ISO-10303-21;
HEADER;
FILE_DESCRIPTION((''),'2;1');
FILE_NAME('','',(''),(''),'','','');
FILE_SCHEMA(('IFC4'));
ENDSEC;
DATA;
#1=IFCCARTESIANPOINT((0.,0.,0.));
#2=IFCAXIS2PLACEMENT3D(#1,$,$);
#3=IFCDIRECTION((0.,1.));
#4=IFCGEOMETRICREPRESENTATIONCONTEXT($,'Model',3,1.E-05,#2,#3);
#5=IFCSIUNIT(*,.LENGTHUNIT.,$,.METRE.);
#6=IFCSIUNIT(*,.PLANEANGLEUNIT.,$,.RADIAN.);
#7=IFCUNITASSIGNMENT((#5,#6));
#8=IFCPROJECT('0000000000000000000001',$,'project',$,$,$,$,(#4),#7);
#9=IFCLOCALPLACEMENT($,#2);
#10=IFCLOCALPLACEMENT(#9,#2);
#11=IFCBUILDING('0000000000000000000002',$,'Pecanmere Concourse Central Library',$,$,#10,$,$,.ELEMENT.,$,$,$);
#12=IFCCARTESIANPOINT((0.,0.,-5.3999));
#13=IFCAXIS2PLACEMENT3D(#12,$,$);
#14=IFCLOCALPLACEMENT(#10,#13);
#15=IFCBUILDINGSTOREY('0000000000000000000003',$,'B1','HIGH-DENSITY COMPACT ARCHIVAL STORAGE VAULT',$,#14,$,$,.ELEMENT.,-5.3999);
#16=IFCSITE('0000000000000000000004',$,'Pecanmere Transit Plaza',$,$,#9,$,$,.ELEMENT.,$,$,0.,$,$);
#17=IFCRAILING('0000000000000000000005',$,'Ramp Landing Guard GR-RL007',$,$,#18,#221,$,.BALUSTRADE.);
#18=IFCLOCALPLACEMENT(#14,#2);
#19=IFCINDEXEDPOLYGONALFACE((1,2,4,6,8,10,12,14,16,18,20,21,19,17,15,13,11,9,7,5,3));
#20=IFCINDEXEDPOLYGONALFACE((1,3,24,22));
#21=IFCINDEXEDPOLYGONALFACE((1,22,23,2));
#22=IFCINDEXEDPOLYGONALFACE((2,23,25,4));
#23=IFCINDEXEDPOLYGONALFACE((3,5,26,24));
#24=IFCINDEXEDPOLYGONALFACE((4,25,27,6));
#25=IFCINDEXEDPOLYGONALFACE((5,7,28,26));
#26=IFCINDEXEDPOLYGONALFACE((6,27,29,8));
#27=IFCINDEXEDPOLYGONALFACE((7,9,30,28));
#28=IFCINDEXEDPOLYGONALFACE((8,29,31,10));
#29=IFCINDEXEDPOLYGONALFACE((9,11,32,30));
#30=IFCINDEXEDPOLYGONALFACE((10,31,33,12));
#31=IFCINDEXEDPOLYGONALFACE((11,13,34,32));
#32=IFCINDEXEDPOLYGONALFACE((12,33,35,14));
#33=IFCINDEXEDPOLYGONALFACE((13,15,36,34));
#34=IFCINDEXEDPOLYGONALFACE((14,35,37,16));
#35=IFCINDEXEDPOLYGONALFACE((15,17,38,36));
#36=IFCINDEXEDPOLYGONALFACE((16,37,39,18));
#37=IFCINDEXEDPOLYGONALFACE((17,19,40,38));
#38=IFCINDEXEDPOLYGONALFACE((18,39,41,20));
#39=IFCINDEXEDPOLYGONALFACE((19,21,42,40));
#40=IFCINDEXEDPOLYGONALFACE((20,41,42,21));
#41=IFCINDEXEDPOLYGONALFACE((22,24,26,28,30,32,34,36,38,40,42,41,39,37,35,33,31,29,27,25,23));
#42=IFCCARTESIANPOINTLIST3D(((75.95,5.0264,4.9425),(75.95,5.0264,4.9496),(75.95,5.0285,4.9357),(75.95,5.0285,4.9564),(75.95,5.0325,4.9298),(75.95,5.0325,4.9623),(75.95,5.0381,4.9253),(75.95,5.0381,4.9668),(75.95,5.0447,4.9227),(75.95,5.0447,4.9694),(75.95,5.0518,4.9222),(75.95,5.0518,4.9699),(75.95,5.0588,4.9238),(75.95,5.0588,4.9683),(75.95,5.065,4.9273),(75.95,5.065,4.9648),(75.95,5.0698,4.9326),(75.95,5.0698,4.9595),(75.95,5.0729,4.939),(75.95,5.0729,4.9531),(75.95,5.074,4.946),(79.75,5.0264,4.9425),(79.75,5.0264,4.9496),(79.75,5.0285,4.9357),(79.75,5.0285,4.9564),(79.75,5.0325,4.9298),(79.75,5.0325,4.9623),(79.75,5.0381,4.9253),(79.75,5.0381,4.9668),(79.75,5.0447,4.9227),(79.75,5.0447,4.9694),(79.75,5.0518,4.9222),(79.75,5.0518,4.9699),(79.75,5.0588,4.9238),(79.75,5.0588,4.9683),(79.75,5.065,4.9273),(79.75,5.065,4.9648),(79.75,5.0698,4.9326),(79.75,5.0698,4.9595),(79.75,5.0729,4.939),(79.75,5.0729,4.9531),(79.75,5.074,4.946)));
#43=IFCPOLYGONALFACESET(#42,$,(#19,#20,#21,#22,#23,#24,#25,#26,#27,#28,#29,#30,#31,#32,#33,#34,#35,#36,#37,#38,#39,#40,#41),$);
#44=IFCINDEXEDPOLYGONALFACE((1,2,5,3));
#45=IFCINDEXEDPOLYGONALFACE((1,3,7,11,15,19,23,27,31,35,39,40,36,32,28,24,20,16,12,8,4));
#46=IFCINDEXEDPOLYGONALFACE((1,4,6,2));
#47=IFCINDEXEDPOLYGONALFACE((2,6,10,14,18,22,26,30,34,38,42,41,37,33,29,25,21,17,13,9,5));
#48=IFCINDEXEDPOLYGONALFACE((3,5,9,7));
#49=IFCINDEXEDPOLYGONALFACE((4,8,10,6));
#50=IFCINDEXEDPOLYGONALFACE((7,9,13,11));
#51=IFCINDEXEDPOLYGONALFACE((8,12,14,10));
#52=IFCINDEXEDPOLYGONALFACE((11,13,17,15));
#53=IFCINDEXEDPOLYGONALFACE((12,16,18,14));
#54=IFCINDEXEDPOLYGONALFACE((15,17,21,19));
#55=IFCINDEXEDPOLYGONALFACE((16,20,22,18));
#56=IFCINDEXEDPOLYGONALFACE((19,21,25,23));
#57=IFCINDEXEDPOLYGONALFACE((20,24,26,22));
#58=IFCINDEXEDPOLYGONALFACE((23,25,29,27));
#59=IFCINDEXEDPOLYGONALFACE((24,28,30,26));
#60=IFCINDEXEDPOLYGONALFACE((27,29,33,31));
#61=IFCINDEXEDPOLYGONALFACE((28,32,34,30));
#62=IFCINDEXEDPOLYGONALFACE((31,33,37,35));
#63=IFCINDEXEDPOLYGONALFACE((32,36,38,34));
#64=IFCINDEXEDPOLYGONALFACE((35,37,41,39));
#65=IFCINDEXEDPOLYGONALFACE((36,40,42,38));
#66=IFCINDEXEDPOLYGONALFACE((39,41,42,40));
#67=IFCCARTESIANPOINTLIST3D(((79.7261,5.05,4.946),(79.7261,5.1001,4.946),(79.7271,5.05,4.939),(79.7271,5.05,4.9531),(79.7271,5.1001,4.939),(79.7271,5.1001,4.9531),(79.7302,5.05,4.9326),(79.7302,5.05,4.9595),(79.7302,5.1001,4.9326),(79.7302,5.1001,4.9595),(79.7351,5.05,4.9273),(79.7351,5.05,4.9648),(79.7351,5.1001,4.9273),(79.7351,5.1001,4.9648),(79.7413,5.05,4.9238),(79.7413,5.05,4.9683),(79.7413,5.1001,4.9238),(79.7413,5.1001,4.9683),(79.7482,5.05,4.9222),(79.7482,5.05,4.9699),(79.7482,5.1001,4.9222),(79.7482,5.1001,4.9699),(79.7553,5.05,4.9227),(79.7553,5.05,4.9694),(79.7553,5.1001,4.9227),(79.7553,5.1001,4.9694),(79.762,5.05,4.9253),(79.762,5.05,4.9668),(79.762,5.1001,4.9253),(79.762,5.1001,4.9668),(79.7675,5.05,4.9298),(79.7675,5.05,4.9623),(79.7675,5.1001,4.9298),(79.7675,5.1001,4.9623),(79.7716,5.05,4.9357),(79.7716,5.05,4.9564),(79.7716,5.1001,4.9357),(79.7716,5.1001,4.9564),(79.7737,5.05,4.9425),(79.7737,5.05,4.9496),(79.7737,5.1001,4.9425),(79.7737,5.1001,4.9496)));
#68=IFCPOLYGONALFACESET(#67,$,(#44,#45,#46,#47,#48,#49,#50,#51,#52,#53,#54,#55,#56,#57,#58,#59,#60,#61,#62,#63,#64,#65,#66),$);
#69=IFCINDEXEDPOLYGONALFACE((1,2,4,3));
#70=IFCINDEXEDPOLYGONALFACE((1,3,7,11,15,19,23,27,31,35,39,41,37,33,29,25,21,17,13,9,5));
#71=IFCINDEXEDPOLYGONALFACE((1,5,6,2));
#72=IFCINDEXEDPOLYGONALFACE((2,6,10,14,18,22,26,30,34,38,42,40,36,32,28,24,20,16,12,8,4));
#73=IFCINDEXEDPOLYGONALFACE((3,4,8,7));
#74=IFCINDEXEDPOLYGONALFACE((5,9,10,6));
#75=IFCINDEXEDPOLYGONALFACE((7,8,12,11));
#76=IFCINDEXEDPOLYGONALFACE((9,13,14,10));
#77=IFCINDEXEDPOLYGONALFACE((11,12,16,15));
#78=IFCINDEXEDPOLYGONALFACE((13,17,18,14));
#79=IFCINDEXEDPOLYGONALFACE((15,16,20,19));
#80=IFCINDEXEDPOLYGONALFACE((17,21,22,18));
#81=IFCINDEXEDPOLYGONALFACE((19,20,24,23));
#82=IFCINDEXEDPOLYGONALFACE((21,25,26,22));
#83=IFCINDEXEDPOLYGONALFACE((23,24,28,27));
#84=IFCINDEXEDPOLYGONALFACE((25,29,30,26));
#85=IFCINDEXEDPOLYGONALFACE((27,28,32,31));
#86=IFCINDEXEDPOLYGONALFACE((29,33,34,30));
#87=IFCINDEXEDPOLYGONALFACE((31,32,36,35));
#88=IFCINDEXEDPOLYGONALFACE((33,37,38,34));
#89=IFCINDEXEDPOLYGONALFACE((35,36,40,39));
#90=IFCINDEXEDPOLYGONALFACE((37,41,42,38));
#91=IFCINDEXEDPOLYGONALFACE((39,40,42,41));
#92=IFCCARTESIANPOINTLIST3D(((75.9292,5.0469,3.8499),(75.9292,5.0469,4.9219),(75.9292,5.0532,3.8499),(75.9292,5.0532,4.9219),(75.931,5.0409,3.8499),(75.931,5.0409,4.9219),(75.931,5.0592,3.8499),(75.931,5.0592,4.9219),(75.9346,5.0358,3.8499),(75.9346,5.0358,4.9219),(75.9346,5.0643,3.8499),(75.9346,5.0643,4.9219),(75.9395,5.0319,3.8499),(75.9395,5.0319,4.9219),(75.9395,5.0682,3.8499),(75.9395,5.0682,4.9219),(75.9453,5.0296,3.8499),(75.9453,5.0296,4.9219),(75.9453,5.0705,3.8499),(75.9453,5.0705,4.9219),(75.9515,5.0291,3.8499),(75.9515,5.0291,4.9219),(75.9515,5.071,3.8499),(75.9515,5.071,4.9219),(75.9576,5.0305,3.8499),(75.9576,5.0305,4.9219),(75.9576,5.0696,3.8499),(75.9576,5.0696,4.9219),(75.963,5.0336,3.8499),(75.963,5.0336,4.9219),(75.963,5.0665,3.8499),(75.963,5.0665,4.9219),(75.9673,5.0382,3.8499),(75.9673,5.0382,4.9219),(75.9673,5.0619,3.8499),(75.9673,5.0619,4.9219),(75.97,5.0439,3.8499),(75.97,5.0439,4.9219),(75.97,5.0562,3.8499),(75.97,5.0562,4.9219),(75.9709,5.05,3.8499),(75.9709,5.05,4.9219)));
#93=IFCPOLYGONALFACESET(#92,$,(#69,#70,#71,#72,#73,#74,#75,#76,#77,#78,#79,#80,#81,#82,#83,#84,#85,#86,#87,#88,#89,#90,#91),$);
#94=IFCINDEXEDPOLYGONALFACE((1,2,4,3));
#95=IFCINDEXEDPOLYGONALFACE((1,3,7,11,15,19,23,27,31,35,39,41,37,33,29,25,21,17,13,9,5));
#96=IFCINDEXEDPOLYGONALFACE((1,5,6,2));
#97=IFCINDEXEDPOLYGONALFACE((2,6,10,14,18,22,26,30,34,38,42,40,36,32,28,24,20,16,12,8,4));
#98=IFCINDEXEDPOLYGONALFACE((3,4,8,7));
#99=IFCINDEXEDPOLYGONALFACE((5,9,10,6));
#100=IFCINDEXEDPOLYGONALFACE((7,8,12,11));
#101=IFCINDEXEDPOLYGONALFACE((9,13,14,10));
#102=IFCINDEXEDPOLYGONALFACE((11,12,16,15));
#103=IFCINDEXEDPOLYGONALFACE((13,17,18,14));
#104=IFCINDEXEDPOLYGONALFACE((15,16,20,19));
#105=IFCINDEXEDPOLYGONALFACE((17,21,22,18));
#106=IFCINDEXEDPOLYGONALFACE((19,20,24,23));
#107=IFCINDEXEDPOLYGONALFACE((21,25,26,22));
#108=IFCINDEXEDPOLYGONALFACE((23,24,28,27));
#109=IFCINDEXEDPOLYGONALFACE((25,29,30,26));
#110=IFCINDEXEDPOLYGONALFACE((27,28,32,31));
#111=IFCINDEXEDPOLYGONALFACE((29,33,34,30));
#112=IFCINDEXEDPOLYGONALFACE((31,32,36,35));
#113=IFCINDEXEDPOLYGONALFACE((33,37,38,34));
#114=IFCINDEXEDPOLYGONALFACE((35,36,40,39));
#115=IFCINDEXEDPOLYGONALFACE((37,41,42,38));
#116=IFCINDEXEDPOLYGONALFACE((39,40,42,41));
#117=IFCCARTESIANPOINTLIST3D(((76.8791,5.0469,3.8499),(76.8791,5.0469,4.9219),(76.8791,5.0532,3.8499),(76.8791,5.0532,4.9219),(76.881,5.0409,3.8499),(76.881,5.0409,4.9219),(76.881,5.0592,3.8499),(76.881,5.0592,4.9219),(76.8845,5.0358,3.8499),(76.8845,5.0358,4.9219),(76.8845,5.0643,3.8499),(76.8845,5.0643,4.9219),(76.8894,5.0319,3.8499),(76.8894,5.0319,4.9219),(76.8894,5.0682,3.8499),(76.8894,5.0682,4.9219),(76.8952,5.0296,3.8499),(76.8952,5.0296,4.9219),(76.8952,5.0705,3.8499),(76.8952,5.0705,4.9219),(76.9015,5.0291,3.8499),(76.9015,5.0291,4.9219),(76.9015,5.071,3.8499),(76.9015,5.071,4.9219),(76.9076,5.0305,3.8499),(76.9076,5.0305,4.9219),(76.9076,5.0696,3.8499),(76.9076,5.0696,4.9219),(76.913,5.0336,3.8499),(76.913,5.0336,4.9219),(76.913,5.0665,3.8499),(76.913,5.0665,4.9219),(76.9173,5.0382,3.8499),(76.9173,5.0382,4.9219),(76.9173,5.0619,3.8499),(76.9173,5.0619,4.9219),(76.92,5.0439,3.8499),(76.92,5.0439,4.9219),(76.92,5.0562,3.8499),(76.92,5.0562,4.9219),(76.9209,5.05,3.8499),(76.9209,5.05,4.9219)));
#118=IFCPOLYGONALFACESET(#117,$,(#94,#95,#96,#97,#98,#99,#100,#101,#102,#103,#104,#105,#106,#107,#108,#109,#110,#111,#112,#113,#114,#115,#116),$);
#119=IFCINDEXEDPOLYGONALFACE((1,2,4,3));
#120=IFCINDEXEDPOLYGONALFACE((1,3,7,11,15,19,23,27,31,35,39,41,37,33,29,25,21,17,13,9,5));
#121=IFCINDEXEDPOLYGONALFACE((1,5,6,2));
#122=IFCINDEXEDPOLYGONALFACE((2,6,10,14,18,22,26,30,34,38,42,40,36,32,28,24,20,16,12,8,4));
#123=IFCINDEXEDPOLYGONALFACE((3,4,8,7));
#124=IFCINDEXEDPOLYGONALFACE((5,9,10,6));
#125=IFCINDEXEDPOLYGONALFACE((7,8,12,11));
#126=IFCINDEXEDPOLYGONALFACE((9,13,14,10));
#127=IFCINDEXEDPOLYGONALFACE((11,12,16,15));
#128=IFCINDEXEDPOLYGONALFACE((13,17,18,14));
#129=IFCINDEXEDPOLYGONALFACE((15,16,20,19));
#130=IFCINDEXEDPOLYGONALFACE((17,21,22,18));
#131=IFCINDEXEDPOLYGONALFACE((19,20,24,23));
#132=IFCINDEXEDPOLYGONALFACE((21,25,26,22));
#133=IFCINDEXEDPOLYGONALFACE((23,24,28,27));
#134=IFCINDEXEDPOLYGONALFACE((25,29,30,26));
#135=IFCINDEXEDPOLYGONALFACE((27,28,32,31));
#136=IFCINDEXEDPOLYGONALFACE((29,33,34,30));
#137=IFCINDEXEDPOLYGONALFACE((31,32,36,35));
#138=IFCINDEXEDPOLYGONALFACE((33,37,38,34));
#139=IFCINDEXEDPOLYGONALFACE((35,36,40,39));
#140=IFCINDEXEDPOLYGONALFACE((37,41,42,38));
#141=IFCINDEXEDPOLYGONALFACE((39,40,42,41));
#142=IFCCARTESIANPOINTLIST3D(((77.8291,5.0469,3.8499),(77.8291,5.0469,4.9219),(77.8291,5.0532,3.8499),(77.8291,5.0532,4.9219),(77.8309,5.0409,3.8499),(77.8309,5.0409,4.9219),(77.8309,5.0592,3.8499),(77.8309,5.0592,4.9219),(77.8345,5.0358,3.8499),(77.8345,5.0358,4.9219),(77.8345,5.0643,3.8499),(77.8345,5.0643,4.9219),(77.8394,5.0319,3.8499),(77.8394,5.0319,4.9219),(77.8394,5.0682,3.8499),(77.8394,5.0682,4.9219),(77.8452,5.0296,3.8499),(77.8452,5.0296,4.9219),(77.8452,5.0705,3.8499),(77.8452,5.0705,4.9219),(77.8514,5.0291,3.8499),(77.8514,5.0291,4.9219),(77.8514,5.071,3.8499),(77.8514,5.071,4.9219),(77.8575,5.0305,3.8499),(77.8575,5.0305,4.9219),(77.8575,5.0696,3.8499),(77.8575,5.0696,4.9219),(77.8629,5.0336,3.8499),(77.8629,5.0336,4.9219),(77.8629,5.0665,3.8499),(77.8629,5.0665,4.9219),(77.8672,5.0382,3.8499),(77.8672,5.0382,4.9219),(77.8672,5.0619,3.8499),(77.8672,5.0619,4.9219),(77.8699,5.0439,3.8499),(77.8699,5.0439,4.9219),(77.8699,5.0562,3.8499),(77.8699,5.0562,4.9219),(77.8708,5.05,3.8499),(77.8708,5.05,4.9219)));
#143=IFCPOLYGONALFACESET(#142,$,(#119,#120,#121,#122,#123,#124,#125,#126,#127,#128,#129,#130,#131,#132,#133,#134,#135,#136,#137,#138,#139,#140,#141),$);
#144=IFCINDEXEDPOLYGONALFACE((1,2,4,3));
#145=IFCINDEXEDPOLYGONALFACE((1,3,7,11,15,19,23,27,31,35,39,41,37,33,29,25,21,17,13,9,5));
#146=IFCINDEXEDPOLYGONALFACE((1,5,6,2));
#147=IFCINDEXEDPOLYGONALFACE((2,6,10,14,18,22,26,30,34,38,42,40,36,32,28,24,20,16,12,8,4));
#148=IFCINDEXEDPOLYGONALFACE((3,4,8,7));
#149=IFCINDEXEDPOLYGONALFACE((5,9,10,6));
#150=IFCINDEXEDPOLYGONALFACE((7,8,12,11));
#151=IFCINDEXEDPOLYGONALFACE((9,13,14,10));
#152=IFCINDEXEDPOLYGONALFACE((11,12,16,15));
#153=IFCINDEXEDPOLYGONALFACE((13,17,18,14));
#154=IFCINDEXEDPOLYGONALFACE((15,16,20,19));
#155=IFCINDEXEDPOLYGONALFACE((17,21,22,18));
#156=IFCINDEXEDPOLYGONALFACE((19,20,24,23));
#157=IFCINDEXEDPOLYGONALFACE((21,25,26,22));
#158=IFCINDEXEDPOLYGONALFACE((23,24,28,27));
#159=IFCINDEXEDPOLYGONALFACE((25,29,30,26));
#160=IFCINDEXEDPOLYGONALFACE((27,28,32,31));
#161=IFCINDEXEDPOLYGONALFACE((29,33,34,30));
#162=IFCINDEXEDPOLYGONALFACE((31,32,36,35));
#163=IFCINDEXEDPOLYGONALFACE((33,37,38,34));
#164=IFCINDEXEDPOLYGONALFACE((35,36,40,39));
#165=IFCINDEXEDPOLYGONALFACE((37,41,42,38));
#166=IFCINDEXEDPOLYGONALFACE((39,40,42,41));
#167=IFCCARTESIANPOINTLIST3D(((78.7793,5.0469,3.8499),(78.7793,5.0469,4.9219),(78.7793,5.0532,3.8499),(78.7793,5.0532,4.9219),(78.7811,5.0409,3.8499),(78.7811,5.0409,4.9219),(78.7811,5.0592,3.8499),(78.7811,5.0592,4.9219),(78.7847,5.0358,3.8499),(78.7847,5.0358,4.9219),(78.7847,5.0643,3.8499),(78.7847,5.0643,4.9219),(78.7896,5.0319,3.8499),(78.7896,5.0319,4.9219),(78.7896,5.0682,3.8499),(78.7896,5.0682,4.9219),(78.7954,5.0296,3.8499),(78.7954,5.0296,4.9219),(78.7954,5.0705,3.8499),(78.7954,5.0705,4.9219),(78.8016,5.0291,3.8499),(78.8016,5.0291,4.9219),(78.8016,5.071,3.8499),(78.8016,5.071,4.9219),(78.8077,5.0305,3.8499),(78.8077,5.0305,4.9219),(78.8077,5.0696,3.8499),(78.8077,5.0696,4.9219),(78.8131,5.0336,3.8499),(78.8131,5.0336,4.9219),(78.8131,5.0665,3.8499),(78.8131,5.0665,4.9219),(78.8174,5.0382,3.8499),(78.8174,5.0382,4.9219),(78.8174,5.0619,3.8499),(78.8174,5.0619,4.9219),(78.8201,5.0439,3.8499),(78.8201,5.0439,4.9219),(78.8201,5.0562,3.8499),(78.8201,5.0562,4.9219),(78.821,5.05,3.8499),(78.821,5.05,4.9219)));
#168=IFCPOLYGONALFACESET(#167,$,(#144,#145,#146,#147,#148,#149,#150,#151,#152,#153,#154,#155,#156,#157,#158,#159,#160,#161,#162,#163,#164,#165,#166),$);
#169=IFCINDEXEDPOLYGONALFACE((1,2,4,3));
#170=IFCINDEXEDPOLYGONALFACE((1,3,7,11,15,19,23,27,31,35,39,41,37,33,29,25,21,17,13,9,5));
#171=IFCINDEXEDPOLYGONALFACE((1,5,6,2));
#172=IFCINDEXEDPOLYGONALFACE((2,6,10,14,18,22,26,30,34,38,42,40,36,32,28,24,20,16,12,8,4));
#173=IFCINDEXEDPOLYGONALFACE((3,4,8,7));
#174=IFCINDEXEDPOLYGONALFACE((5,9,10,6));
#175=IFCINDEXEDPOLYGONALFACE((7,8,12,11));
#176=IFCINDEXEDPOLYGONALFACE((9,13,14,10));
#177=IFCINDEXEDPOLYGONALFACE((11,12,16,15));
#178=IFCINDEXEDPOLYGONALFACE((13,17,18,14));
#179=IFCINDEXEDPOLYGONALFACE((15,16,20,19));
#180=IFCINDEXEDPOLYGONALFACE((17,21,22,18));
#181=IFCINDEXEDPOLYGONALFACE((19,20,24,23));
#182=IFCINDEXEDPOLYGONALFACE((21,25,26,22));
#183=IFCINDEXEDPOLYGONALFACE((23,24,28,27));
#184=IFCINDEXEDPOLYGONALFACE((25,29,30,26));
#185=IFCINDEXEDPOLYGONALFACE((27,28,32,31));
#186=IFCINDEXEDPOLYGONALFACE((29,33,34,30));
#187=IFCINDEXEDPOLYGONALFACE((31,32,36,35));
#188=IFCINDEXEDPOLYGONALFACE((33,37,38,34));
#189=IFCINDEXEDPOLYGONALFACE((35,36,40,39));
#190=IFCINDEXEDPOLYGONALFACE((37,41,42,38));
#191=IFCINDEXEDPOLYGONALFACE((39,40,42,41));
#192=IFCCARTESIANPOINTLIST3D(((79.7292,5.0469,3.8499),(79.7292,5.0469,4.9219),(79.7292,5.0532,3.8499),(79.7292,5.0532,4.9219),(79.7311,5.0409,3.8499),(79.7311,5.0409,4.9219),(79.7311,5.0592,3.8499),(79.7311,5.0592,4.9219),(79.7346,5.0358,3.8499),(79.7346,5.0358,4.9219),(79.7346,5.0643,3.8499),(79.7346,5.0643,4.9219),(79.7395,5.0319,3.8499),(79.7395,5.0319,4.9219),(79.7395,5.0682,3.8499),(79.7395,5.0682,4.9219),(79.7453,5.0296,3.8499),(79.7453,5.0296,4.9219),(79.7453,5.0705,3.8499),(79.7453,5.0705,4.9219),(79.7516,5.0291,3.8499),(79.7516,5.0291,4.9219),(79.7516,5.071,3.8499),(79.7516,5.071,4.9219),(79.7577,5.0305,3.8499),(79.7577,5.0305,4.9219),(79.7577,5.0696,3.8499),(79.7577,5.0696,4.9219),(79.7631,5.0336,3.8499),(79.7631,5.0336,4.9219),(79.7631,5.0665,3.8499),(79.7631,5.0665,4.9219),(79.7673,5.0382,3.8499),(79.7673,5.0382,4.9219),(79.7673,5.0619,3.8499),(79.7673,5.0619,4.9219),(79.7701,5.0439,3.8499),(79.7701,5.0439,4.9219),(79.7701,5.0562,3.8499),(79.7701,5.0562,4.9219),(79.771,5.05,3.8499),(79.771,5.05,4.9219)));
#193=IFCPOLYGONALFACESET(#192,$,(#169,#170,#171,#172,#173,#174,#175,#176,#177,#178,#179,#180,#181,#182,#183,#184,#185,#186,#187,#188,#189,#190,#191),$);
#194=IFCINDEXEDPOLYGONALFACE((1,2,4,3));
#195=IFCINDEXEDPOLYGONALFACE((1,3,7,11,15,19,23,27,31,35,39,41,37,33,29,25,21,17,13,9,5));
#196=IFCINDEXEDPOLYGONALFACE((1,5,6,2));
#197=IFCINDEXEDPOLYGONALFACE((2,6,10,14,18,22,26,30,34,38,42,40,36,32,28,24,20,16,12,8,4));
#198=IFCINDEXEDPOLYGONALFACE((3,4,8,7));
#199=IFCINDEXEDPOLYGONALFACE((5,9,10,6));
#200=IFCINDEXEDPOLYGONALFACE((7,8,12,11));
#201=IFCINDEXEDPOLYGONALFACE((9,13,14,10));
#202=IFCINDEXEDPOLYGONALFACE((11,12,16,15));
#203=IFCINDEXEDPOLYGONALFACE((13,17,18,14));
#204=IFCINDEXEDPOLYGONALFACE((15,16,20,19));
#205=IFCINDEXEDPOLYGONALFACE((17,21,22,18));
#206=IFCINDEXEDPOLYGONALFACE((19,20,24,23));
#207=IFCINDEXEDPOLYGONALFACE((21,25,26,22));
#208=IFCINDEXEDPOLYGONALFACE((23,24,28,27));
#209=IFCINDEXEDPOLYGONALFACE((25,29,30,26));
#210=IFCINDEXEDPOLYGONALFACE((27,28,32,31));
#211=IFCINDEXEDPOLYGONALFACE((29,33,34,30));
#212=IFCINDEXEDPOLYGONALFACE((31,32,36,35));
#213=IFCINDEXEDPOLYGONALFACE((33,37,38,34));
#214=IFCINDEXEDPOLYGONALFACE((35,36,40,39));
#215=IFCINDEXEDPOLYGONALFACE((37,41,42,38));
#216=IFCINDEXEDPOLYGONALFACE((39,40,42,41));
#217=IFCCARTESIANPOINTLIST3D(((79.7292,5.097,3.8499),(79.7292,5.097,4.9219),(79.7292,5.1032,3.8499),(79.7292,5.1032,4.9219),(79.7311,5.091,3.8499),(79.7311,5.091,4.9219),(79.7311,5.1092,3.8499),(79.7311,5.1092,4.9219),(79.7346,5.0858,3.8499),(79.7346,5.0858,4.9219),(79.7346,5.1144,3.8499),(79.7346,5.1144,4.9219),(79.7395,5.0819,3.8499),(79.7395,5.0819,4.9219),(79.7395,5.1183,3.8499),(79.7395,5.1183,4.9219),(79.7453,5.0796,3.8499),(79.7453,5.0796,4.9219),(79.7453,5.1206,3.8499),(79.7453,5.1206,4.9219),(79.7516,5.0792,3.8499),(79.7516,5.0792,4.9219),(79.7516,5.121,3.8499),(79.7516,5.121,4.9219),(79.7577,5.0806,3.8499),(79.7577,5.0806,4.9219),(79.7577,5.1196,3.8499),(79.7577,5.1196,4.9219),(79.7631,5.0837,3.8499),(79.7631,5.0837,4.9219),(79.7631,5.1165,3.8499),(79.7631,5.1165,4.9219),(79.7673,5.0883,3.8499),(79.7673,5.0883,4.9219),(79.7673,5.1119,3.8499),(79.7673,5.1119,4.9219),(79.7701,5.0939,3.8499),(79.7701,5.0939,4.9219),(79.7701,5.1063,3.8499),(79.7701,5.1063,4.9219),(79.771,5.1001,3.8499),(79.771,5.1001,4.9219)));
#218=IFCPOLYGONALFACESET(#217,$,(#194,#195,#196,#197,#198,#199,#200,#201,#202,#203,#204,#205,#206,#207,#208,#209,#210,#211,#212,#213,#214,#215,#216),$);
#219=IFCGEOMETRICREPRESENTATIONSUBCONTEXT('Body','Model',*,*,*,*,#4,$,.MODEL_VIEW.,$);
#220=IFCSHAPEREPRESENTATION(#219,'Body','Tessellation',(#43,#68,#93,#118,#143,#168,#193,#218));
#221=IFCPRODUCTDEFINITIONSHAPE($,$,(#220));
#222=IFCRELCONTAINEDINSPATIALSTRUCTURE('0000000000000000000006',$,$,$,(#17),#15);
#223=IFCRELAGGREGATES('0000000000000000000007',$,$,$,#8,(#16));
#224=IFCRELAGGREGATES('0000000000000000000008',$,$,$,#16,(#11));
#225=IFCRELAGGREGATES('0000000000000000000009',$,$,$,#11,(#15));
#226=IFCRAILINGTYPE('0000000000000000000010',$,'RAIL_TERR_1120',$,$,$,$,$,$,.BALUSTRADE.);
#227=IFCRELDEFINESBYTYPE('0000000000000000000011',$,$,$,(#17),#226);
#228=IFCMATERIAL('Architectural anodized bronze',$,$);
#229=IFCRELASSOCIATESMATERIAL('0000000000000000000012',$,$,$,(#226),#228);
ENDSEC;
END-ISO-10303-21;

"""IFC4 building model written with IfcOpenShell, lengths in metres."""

from ifc_helpers import new_model, si_unit, direction, frame, origin, origin_2d, place, context, subcontext, project, spatial, circle, extrude, material, type_object, element, save


model = new_model("IFC4")

# Units and contexts
model_context = context("Model", 3, precision=1e-05, world=origin(), true_north=direction((0.0, 1.0)))
body_context = subcontext(model_context, "Body", "Model", "MODEL_VIEW")
ifc_project = project(units=[si_unit("LENGTHUNIT", "METRE"), si_unit("PLANEANGLEUNIT", "RADIAN")], contexts=[model_context])

# Site, building, storey
site_placement = place(None, origin())
site = spatial("IfcSite", under=ifc_project, at=site_placement, Name="Pecanmere Transit Plaza", CompositionType="ELEMENT", RefElevation=0.0)
building_placement = place(site_placement, origin())
building = spatial("IfcBuilding", under=site, at=building_placement, Name="Pecanmere Concourse Central Library", CompositionType="ELEMENT")
storey_placement = place(building_placement, frame((0.0, 0.0, -5.3999)))
storey = spatial("IfcBuildingStorey", under=building, at=storey_placement, Name="B1", Description="HIGH-DENSITY COMPACT ARCHIVAL STORAGE VAULT", CompositionType="ELEMENT", Elevation=-5.3999)

# Railing
ifc_material_1 = material(Name="Architectural anodized bronze")
railing_type_1 = type_object("IfcRailingType", Name="RAIL_TERR_1120", PredefinedType="BALUSTRADE", material=ifc_material_1)
railing_1_placement = place(storey_placement, frame((75.95, 5.05, 3.8499)))
element("IfcRailing", 1, at=railing_1_placement, inside=storey, type_object=railing_type_1, Name="Ramp Landing Guard GR-RL007", PredefinedType="BALUSTRADE", context=body_context, shape_type="SweptSolid", body=[
    extrude(circle(Radius=0.0239, at=origin_2d()), frame((0.0, 0.0, 1.0962), z_axis=(1.0, 0.0, 0.0), x_axis=(0.0, 1.0, 0.0)), (0.0, 0.0, 1.0), 3.8),
    extrude(circle(Radius=0.0239, at=origin_2d()), frame((3.8, 0.0, 1.0962), z_axis=(0.0, 1.0, 0.0), x_axis=(-1.0, 0.0, 0.0)), (0.0, 0.0, 1.0), 0.05),
    extrude(circle(Radius=0.021, at=origin_2d()), origin(), (0.0, 0.0, 1.0), 1.072),
    extrude(circle(Radius=0.021, at=origin_2d()), frame((0.95, 0.0, 0.0)), (0.0, 0.0, 1.0), 1.072),
    extrude(circle(Radius=0.021, at=origin_2d()), frame((1.8999, 0.0, 0.0)), (0.0, 0.0, 1.0), 1.072),
    extrude(circle(Radius=0.021, at=origin_2d()), frame((2.8501, 0.0, 0.0)), (0.0, 0.0, 1.0), 1.072),
    extrude(circle(Radius=0.021, at=origin_2d()), frame((3.8, 0.0, 0.0)), (0.0, 0.0, 1.0), 1.072),
    extrude(circle(Radius=0.021, at=origin_2d()), frame((3.8, 0.05, 0.0)), (0.0, 0.0, 1.0), 1.072),
])

save(model, "model.ifc")
